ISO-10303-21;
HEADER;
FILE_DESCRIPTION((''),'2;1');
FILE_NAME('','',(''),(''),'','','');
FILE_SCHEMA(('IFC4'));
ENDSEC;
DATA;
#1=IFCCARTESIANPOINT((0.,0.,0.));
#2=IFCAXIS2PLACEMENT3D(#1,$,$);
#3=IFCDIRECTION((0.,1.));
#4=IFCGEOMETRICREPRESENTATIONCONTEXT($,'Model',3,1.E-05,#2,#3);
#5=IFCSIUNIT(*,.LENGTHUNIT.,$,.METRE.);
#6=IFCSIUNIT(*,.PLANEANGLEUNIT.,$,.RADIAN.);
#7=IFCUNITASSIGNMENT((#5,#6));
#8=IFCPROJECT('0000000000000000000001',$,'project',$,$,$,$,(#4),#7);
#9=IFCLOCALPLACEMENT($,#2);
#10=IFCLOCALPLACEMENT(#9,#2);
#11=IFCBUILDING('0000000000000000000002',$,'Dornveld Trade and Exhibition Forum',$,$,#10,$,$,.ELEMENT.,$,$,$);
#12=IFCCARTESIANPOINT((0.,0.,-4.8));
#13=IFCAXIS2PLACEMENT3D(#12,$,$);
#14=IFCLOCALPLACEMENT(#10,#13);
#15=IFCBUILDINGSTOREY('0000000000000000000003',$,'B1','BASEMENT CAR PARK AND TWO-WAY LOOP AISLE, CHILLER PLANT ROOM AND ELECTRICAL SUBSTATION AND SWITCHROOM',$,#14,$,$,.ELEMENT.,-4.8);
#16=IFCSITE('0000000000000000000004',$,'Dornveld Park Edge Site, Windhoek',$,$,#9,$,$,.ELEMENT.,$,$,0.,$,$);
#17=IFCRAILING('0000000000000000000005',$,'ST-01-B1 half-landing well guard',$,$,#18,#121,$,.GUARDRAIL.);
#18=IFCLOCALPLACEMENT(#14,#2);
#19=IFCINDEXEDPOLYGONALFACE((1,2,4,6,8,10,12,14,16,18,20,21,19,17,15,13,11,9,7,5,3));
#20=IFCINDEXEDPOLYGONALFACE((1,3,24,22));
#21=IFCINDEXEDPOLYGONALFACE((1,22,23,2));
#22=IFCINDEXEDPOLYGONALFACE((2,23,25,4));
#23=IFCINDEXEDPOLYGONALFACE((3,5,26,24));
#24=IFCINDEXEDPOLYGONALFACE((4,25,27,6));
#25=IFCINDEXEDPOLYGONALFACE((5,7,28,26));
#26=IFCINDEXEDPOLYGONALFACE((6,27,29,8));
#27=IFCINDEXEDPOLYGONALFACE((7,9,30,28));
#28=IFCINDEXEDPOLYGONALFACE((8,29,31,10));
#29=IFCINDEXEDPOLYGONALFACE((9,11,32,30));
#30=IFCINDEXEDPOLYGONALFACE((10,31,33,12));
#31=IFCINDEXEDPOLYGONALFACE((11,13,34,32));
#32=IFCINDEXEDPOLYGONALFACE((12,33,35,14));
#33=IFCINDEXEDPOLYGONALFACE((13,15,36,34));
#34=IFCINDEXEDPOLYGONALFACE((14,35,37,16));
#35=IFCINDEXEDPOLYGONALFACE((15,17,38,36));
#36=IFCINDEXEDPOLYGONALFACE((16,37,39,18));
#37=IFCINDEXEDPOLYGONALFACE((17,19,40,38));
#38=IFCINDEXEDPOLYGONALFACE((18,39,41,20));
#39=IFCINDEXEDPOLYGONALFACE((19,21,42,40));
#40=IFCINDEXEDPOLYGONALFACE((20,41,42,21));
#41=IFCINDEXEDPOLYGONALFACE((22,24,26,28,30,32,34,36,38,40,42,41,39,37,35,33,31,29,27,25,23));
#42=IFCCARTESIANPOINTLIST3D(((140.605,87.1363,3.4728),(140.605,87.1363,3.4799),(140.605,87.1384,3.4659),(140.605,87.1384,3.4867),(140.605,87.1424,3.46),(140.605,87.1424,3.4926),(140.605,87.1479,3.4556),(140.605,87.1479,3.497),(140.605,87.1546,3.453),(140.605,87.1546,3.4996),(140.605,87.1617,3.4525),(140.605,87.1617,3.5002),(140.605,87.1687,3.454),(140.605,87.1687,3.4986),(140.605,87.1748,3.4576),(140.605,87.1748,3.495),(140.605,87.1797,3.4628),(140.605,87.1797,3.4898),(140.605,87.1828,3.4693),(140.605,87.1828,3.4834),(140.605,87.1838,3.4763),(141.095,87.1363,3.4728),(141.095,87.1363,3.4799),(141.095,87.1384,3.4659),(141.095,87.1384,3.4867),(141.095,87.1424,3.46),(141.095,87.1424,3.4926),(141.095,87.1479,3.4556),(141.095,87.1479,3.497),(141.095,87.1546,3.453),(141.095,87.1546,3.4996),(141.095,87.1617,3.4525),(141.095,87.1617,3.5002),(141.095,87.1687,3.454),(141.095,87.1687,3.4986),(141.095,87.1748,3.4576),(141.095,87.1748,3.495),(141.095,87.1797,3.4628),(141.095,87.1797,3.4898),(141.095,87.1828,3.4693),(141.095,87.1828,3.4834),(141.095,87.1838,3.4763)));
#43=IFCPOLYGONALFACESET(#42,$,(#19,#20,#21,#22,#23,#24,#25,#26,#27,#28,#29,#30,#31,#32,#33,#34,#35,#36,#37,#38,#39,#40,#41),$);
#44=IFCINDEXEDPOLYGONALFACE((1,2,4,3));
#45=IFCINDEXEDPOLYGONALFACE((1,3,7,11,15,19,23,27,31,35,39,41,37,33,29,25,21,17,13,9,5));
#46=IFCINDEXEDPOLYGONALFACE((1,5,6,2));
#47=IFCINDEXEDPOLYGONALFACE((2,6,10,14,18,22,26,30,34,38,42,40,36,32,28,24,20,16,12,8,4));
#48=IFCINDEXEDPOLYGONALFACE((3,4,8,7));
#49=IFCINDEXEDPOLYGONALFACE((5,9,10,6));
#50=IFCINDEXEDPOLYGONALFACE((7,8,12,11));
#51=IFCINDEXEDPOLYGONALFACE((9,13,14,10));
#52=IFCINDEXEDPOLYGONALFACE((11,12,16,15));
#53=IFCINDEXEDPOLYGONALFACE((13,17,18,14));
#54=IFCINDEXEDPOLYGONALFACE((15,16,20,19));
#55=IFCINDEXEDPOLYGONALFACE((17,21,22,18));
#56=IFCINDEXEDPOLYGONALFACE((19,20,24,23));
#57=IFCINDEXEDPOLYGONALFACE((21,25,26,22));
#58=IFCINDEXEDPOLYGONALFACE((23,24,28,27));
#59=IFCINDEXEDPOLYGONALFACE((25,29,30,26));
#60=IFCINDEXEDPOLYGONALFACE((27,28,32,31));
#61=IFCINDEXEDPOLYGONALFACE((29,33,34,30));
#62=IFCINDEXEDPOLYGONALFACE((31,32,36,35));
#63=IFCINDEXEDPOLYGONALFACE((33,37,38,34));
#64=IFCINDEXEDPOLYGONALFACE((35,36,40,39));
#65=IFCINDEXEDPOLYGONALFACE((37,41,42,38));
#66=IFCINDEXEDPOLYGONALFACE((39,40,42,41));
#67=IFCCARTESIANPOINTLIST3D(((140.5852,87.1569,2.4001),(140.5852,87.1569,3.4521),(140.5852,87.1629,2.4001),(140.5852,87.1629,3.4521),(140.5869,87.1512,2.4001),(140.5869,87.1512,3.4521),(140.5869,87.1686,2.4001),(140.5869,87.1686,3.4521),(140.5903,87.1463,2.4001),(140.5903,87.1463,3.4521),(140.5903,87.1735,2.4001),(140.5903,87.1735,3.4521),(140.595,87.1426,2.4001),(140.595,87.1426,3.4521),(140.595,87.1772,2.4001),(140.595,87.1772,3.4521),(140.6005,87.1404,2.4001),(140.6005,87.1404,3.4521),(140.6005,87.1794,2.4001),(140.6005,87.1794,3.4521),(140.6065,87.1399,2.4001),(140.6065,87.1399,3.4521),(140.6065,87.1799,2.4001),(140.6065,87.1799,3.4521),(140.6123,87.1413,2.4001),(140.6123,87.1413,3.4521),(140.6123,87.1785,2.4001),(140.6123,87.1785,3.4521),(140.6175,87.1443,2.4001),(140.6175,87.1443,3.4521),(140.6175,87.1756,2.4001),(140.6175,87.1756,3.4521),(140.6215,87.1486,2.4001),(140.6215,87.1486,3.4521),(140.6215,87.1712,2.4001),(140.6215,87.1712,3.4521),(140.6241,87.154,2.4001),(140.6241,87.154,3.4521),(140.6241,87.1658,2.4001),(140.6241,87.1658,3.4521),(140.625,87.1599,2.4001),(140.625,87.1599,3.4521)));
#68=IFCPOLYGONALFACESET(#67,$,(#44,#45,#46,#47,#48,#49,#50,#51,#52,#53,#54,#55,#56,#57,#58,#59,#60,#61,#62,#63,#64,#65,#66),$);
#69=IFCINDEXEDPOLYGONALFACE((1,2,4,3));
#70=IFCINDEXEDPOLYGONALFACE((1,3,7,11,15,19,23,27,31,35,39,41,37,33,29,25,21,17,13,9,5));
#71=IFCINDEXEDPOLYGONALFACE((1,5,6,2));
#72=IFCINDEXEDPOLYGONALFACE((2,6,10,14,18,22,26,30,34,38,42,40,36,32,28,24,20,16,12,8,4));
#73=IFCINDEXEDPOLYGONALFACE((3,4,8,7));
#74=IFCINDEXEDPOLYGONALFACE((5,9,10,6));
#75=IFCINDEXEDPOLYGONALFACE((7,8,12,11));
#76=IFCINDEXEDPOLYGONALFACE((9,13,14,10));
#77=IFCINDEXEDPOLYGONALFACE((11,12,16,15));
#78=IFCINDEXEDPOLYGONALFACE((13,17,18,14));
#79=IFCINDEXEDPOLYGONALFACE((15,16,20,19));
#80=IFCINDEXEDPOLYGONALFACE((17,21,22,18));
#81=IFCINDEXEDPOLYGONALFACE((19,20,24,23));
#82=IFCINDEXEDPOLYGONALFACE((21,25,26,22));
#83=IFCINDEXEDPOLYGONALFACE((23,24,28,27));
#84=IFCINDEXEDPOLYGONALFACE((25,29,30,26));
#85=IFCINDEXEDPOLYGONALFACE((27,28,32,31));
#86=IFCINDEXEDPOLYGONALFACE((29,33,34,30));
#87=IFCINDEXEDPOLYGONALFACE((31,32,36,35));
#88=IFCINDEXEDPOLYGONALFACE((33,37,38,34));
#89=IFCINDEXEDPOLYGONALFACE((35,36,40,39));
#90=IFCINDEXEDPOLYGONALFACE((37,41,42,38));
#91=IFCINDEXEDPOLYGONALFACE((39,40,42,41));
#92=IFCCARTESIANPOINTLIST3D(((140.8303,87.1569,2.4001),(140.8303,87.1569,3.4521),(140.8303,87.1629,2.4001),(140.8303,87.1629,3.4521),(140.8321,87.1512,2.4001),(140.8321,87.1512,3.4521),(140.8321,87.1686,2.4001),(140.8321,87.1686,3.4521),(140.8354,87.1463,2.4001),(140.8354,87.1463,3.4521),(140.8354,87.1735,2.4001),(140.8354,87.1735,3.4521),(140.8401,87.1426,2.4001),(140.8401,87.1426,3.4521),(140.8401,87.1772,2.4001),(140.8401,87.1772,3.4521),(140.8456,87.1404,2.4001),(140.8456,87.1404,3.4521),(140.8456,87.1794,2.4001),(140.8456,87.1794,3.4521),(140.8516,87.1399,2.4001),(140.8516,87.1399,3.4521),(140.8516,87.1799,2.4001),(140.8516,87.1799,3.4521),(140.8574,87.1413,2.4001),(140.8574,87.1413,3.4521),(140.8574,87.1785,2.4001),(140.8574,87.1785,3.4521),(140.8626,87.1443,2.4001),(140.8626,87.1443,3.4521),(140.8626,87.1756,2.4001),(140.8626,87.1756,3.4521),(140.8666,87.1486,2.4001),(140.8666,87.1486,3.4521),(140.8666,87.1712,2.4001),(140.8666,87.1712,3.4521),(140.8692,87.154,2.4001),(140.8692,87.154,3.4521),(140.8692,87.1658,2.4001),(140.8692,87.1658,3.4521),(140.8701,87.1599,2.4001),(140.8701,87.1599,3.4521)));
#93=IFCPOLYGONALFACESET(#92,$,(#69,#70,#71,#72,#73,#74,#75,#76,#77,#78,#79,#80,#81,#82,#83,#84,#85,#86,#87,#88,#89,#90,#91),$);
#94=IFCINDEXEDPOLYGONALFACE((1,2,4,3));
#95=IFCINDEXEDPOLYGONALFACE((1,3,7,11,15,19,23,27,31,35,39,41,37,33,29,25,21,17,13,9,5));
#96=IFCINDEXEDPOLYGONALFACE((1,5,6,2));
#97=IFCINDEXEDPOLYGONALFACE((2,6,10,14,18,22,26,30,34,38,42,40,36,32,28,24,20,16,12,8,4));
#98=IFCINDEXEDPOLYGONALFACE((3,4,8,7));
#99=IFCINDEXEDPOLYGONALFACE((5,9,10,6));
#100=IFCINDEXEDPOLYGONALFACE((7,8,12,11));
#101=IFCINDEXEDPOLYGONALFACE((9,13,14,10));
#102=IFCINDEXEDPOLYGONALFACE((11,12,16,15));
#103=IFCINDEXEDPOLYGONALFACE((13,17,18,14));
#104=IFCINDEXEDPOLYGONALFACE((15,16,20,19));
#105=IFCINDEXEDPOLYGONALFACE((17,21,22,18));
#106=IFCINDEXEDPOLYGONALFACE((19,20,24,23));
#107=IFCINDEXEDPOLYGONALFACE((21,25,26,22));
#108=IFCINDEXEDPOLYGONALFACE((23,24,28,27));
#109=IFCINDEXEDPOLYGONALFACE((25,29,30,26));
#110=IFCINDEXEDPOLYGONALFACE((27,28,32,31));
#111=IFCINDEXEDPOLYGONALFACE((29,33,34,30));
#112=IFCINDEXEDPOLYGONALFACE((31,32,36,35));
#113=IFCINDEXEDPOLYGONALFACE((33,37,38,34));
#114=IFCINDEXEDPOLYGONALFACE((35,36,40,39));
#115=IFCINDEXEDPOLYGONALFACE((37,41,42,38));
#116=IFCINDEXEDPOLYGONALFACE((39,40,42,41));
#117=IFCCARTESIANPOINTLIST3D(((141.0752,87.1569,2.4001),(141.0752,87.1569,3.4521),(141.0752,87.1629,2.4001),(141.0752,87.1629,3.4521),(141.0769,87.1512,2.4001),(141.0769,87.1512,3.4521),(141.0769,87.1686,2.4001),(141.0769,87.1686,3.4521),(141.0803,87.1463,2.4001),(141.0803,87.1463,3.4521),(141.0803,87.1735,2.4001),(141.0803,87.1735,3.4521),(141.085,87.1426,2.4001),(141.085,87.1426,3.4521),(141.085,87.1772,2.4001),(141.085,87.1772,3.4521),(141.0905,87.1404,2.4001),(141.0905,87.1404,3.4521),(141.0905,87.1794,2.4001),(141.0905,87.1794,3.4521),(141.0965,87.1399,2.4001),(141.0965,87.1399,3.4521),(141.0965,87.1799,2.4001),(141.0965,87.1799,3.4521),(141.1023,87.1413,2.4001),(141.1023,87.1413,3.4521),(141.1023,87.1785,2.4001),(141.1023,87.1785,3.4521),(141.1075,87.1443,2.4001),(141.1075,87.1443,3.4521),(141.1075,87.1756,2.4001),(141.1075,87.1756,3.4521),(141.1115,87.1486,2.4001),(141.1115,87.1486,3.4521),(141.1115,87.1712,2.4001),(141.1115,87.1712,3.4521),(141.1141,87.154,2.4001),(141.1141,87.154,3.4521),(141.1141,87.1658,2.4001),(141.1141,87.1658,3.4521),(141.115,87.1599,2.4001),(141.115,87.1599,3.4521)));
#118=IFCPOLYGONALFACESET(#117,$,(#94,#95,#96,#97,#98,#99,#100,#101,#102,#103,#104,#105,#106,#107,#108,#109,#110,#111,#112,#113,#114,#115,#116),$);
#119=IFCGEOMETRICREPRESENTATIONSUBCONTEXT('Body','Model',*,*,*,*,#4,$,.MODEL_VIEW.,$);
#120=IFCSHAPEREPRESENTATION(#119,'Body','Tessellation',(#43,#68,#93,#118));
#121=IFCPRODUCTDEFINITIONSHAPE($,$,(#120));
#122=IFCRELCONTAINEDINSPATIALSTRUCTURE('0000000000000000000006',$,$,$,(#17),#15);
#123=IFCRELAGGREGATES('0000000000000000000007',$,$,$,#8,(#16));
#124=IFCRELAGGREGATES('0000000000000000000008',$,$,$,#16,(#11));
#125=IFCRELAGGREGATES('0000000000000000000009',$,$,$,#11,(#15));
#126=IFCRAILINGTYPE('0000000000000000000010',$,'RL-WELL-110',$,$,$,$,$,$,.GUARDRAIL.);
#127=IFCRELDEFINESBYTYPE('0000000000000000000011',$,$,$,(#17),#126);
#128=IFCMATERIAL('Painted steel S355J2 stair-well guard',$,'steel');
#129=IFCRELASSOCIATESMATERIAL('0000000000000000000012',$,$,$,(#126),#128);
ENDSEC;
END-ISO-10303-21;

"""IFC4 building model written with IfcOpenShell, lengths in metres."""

from ifc_helpers import new_model, si_unit, direction, frame, origin, origin_2d, place, context, subcontext, project, spatial, circle, extrude, material, type_object, element, save


model = new_model("IFC4")

# Units and contexts
model_context = context("Model", 3, precision=1e-05, world=origin(), true_north=direction((0.0, 1.0)))
body_context = subcontext(model_context, "Body", "Model", "MODEL_VIEW")
ifc_project = project(units=[si_unit("LENGTHUNIT", "METRE"), si_unit("PLANEANGLEUNIT", "RADIAN")], contexts=[model_context])

# Site, building, storey
site_placement = place(None, origin())
site = spatial("IfcSite", under=ifc_project, at=site_placement, Name="Dornveld Park Edge Site, Windhoek", CompositionType="ELEMENT", RefElevation=0.0)
building_placement = place(site_placement, origin())
building = spatial("IfcBuilding", under=site, at=building_placement, Name="Dornveld Trade and Exhibition Forum", CompositionType="ELEMENT")
storey_placement = place(building_placement, frame((0.0, 0.0, -4.8)))
storey = spatial("IfcBuildingStorey", under=building, at=storey_placement, Name="B1", Description="BASEMENT CAR PARK AND TWO-WAY LOOP AISLE, CHILLER PLANT ROOM AND ELECTRICAL SUBSTATION AND SWITCHROOM", CompositionType="ELEMENT", Elevation=-4.8)

# Railing
ifc_material_1 = material(Name="Painted steel S355J2 stair-well guard", Category="steel")
railing_type_1 = type_object("IfcRailingType", Name="RL-WELL-110", PredefinedType="GUARDRAIL", material=ifc_material_1)
railing_1_placement = place(storey_placement, frame((140.605, 87.1599, 2.4001)))
element("IfcRailing", 1, at=railing_1_placement, inside=storey, type_object=railing_type_1, Name="ST-01-B1 half-landing well guard", PredefinedType="GUARDRAIL", context=body_context, shape_type="SweptSolid", body=[
    extrude(circle(Radius=0.0239, at=origin_2d()), frame((0.0, 0.0, 1.0762), z_axis=(1.0, 0.0, 0.0), x_axis=(0.0, 1.0, 0.0)), (0.0, 0.0, 1.0), 0.49),
    extrude(circle(Radius=0.02, at=origin_2d()), origin(), (0.0, 0.0, 1.0), 1.052),
    extrude(circle(Radius=0.02, at=origin_2d()), frame((0.2451, 0.0, 0.0)), (0.0, 0.0, 1.0), 1.052),
    extrude(circle(Radius=0.02, at=origin_2d()), frame((0.49, 0.0, 0.0)), (0.0, 0.0, 1.0), 1.052),
])

save(model, "model.ifc")
